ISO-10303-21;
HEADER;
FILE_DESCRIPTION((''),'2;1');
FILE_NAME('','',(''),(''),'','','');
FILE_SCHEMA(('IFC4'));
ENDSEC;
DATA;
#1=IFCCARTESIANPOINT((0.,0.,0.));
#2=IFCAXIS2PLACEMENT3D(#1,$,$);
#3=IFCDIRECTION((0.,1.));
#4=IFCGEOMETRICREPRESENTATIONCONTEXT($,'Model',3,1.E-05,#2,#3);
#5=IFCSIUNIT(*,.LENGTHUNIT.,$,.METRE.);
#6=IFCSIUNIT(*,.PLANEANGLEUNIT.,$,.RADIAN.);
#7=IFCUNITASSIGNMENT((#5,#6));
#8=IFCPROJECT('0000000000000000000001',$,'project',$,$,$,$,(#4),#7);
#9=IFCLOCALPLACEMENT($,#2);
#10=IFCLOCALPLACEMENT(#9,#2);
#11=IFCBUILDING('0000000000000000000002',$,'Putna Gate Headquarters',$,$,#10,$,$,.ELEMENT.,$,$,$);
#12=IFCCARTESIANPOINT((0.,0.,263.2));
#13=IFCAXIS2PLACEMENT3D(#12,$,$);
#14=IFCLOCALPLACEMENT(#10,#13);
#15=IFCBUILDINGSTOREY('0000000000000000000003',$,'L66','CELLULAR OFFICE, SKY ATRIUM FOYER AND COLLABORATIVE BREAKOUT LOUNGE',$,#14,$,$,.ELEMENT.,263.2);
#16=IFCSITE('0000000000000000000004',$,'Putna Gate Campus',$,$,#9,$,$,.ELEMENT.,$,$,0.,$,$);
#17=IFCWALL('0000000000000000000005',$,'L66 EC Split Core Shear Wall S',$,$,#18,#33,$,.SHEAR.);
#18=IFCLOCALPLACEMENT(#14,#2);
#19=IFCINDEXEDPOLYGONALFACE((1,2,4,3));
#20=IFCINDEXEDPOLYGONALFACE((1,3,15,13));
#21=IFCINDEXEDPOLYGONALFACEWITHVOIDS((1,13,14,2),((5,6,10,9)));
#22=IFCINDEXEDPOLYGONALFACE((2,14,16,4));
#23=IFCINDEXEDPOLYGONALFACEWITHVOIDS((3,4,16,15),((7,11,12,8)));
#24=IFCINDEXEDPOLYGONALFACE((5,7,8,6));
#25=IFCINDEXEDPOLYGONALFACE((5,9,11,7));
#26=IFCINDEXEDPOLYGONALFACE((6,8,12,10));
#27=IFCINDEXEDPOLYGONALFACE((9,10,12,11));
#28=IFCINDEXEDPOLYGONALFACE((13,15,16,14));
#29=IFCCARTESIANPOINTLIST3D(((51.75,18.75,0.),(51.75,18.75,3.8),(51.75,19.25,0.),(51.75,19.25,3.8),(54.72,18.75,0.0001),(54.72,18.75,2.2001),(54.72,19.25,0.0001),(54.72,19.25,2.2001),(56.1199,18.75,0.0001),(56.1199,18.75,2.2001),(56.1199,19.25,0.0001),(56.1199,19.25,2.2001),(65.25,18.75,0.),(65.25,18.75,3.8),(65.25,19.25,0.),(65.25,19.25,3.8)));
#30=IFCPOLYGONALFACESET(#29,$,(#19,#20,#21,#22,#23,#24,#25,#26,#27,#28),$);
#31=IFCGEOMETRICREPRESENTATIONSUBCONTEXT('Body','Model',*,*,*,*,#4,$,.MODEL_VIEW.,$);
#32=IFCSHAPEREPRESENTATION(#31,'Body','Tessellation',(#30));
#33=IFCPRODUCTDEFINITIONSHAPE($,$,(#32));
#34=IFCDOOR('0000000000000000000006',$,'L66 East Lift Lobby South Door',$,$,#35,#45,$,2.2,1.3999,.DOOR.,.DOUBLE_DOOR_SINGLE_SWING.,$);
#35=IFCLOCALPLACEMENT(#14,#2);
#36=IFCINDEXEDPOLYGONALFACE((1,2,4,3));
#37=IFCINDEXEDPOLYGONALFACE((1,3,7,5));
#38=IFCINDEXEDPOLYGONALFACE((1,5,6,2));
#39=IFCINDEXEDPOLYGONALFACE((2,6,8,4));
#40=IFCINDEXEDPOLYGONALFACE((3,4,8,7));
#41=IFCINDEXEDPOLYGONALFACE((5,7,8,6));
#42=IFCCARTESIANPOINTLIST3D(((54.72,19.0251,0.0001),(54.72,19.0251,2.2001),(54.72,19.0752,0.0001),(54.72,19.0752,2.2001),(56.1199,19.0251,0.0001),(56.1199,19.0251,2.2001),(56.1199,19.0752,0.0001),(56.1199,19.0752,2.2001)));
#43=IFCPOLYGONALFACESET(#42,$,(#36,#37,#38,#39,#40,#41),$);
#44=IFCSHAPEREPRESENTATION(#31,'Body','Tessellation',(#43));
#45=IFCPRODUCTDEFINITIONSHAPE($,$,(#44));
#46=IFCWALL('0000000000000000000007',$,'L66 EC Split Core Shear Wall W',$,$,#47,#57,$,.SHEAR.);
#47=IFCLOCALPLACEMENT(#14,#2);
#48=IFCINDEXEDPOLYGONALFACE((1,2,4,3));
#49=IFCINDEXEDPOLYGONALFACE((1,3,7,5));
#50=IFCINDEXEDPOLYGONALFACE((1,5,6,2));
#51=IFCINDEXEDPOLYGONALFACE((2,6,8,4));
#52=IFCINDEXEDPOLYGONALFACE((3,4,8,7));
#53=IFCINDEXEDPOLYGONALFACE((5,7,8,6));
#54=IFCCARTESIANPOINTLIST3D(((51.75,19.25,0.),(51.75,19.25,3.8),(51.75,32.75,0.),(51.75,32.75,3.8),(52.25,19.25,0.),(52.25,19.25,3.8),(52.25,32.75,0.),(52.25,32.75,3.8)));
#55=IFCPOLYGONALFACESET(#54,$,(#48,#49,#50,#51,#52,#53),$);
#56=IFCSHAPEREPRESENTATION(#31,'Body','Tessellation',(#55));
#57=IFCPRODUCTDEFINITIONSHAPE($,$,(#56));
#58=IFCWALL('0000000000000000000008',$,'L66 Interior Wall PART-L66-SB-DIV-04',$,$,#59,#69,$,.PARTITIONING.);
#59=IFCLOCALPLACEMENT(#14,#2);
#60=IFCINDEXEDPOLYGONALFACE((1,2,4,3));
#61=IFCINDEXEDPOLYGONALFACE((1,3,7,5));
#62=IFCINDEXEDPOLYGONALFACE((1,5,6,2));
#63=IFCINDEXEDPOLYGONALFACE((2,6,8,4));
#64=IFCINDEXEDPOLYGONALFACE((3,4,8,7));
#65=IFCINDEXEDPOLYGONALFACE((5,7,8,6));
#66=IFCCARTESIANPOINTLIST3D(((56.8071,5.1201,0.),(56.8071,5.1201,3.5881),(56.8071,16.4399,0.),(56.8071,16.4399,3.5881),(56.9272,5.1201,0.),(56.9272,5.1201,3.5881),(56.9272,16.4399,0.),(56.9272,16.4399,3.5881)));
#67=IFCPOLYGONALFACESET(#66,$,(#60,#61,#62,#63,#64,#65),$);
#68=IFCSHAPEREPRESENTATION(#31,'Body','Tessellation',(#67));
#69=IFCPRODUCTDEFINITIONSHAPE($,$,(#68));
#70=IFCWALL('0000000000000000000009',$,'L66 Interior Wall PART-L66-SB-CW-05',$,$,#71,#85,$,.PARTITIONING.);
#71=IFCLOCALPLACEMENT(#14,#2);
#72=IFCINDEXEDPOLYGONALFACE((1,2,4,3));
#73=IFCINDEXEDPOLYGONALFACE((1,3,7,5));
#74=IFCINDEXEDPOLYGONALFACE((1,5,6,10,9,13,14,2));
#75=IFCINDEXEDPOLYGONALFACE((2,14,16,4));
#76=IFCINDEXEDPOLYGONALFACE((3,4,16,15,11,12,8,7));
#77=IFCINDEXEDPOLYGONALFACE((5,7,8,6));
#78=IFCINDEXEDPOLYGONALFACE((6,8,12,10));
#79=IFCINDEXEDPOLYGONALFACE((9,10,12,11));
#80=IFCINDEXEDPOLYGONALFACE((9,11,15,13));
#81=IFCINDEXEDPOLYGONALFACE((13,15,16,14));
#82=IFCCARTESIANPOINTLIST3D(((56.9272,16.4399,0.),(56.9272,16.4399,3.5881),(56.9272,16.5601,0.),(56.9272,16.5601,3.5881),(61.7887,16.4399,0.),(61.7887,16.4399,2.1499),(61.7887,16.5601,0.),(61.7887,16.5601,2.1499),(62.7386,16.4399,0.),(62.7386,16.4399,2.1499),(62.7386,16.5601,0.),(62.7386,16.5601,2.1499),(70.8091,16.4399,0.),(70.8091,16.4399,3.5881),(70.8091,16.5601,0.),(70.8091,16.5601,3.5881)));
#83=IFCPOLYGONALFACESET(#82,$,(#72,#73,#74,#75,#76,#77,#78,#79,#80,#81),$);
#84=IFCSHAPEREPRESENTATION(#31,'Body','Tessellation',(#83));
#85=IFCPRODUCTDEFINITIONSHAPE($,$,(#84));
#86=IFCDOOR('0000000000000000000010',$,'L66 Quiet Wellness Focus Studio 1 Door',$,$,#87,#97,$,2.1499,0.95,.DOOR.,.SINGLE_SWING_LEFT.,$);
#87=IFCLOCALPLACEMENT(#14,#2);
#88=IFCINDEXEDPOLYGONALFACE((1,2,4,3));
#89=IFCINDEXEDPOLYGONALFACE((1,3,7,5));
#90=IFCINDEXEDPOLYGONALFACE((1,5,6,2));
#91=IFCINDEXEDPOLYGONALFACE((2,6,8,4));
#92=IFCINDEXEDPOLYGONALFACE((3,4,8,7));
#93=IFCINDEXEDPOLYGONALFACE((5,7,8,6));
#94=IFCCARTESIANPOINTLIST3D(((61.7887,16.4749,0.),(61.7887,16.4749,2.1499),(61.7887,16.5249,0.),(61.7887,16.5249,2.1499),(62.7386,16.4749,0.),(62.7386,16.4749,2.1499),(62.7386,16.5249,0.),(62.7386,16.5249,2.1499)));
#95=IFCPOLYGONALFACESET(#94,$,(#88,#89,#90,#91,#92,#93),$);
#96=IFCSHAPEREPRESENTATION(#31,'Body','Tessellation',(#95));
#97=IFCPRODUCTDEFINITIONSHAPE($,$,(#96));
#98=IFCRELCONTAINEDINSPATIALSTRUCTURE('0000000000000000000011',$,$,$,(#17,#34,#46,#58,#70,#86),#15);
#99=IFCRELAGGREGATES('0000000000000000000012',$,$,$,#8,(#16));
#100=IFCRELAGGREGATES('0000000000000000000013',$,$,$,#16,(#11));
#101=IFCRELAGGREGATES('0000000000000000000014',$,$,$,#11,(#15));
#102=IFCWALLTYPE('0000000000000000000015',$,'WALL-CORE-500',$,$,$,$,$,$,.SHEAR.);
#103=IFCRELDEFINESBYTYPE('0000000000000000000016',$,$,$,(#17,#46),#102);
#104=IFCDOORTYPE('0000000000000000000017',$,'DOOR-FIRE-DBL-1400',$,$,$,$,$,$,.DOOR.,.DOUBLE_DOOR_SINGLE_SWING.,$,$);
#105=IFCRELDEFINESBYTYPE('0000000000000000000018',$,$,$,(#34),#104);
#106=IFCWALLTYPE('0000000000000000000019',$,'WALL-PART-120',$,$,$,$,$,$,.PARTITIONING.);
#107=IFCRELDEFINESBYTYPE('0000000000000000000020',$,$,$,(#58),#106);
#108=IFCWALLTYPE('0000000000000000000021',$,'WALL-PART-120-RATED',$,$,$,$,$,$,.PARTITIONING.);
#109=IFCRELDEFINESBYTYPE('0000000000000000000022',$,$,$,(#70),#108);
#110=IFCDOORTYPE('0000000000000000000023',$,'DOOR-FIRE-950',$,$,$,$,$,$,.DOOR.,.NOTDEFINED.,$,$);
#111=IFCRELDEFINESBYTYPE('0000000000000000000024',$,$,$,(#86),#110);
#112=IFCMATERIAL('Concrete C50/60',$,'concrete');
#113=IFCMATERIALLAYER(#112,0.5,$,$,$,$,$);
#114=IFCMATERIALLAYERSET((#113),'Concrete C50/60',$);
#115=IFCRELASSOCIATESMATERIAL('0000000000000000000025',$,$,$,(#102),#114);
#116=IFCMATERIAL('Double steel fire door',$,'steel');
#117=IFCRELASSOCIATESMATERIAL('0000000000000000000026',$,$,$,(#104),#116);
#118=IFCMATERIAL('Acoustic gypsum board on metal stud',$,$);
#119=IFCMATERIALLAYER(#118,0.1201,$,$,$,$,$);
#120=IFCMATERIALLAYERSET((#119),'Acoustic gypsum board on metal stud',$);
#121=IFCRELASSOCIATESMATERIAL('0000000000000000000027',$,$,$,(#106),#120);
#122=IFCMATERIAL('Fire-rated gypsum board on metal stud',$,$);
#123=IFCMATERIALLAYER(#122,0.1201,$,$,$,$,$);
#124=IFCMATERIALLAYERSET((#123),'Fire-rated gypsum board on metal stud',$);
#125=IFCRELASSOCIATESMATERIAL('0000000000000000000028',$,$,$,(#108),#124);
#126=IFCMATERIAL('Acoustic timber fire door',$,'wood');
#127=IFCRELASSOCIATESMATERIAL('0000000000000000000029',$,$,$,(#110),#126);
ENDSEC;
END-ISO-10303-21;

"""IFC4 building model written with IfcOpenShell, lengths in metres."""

from ifc_helpers import new_model, si_unit, direction, frame, frame_2d, origin, place, context, subcontext, project, spatial, rectangle, extrude, material, layer, layer_set, type_object, element, fill, save


model = new_model("IFC4")

# Units and contexts
model_context = context("Model", 3, precision=1e-05, world=origin(), true_north=direction((0.0, 1.0)))
body_context = subcontext(model_context, "Body", "Model", "MODEL_VIEW")
ifc_project = project(units=[si_unit("LENGTHUNIT", "METRE"), si_unit("PLANEANGLEUNIT", "RADIAN")], contexts=[model_context])

# Site, building, storey
site_placement = place(None, origin())
site = spatial("IfcSite", under=ifc_project, at=site_placement, Name="Putna Gate Campus", CompositionType="ELEMENT", RefElevation=0.0)
building_placement = place(site_placement, origin())
building = spatial("IfcBuilding", under=site, at=building_placement, Name="Putna Gate Headquarters", CompositionType="ELEMENT")
storey_placement = place(building_placement, frame((0.0, 0.0, 263.2)))
storey = spatial("IfcBuildingStorey", under=building, at=storey_placement, Name="L66", Description="CELLULAR OFFICE, SKY ATRIUM FOYER AND COLLABORATIVE BREAKOUT LOUNGE", CompositionType="ELEMENT", Elevation=263.2)

# Wall, opening, door
ifc_material_1 = material(Name="Concrete C50/60", Category="concrete")
ifc_layer_1 = layer(ifc_material_1, 0.5)
ifc_layer_set_1 = layer_set([ifc_layer_1], Name="Concrete C50/60")
wall_type_1 = type_object("IfcWallType", Name="WALL-CORE-500", PredefinedType="SHEAR", material=ifc_layer_set_1)
wall_1_placement = place(storey_placement, frame((51.75, 19.0, 0.0), z_axis=(0.0, 0.0, 1.0), x_axis=(1.0, 0.0, 0.0)))
wall_1 = element("IfcWall", 1, at=wall_1_placement, inside=storey, type_object=wall_type_1, Name="L66 EC Split Core Shear Wall S", PredefinedType="SHEAR", context=body_context, shape_type="SweptSolid", body=[
    extrude(rectangle(XDim=13.5, YDim=0.5, at=frame_2d((6.75, 0.0))), origin(), (0.0, 0.0, 1.0), 3.8),
])
opening_1_placement = place(wall_1_placement, frame((2.97, 0.0, 0.0)))
opening_1 = element("IfcOpeningElement", 2, at=opening_1_placement, cuts=wall_1, PredefinedType="OPENING", context=body_context, shape_type="SweptSolid", body=[
    extrude(rectangle(XDim=1.3999, YDim=2.2, at=frame_2d((0.7, 1.1001))), frame((0.0, 0.26, 0.0), z_axis=(0.0, -1.0, 0.0), x_axis=(1.0, 0.0, 0.0)), (0.0, 0.0, 1.0), 0.52),
])
ifc_material_2 = material(Name="Double steel fire door", Category="steel")
door_type_1 = type_object("IfcDoorType", Name="DOOR-FIRE-DBL-1400", OperationType="DOUBLE_DOOR_SINGLE_SWING", PredefinedType="DOOR", material=ifc_material_2)
door_1_placement = place(opening_1_placement, origin())
door_1 = element("IfcDoor", 3, at=door_1_placement, inside=storey, type_object=door_type_1, Name="L66 East Lift Lobby South Door", OperationType="DOUBLE_DOOR_SINGLE_SWING", OverallHeight=2.2, OverallWidth=1.3999, PredefinedType="DOOR", context=body_context, shape_type="SweptSolid", body=[
    extrude(rectangle(XDim=1.3999, YDim=2.2, at=frame_2d((0.7, 1.1001))), frame((0.0, 0.0752, 0.0), z_axis=(0.0, -1.0, 0.0), x_axis=(1.0, 0.0, 0.0)), (0.0, 0.0, 1.0), 0.05),
])
fill(opening_1, door_1)

# Walls
wall_2_placement = place(storey_placement, frame((52.0, 19.25, 0.0), z_axis=(0.0, 0.0, 1.0), x_axis=(0.0, 1.0, 0.0)))
element("IfcWall", 4, at=wall_2_placement, inside=storey, type_object=wall_type_1, Name="L66 EC Split Core Shear Wall W", PredefinedType="SHEAR", context=body_context, shape_type="SweptSolid", body=[
    extrude(rectangle(XDim=13.5, YDim=0.5, at=frame_2d((6.75, 0.0))), origin(), (0.0, 0.0, 1.0), 3.8),
])
ifc_material_3 = material(Name="Acoustic gypsum board on metal stud")
ifc_layer_2 = layer(ifc_material_3, 0.1201)
ifc_layer_set_2 = layer_set([ifc_layer_2], Name="Acoustic gypsum board on metal stud")
wall_type_2 = type_object("IfcWallType", Name="WALL-PART-120", PredefinedType="PARTITIONING", material=ifc_layer_set_2)
wall_3_placement = place(storey_placement, frame((56.8672, 5.1201, 0.0), z_axis=(0.0, 0.0, 1.0), x_axis=(0.0, 1.0, 0.0)))
element("IfcWall", 5, at=wall_3_placement, inside=storey, type_object=wall_type_2, Name="L66 Interior Wall PART-L66-SB-DIV-04", PredefinedType="PARTITIONING", context=body_context, shape_type="SweptSolid", body=[
    extrude(rectangle(XDim=11.3198, YDim=0.1201, at=frame_2d((5.6599, 0.0))), origin(), (0.0, 0.0, 1.0), 3.5881),
])

# Wall, opening, door
ifc_material_4 = material(Name="Fire-rated gypsum board on metal stud")
ifc_layer_3 = layer(ifc_material_4, 0.1201)
ifc_layer_set_3 = layer_set([ifc_layer_3], Name="Fire-rated gypsum board on metal stud")
wall_type_3 = type_object("IfcWallType", Name="WALL-PART-120-RATED", PredefinedType="PARTITIONING", material=ifc_layer_set_3)
wall_4_placement = place(storey_placement, frame((56.9272, 16.5, 0.0), z_axis=(0.0, 0.0, 1.0), x_axis=(1.0, 0.0, 0.0)))
wall_4 = element("IfcWall", 6, at=wall_4_placement, inside=storey, type_object=wall_type_3, Name="L66 Interior Wall PART-L66-SB-CW-05", PredefinedType="PARTITIONING", context=body_context, shape_type="SweptSolid", body=[
    extrude(rectangle(XDim=13.8818, YDim=0.1201, at=frame_2d((6.9409, 0.0))), origin(), (0.0, 0.0, 1.0), 3.5881),
])
opening_2_placement = place(wall_4_placement, frame((4.8613, 0.0, 0.0)))
opening_2 = element("IfcOpeningElement", 7, at=opening_2_placement, cuts=wall_4, PredefinedType="OPENING", context=body_context, shape_type="SweptSolid", body=[
    extrude(rectangle(XDim=0.95, YDim=2.1499, at=frame_2d((0.4751, 1.075))), frame((0.0, 0.0701, 0.0), z_axis=(0.0, -1.0, 0.0), x_axis=(1.0, 0.0, 0.0)), (0.0, 0.0, 1.0), 0.1401),
])
ifc_material_5 = material(Name="Acoustic timber fire door", Category="wood")
door_type_2 = type_object("IfcDoorType", Name="DOOR-FIRE-950", OperationType="NOTDEFINED", PredefinedType="DOOR", material=ifc_material_5)
door_2_placement = place(opening_2_placement, origin())
door_2 = element("IfcDoor", 8, at=door_2_placement, inside=storey, type_object=door_type_2, Name="L66 Quiet Wellness Focus Studio 1 Door", OperationType="SINGLE_SWING_LEFT", OverallHeight=2.1499, OverallWidth=0.95, PredefinedType="DOOR", context=body_context, shape_type="SweptSolid", body=[
    extrude(rectangle(XDim=0.95, YDim=2.1499, at=frame_2d((0.4751, 1.075))), frame((0.0, 0.0249, 0.0), z_axis=(0.0, -1.0, 0.0), x_axis=(1.0, 0.0, 0.0)), (0.0, 0.0, 1.0), 0.05),
])
fill(opening_2, door_2)

save(model, "model.ifc")
